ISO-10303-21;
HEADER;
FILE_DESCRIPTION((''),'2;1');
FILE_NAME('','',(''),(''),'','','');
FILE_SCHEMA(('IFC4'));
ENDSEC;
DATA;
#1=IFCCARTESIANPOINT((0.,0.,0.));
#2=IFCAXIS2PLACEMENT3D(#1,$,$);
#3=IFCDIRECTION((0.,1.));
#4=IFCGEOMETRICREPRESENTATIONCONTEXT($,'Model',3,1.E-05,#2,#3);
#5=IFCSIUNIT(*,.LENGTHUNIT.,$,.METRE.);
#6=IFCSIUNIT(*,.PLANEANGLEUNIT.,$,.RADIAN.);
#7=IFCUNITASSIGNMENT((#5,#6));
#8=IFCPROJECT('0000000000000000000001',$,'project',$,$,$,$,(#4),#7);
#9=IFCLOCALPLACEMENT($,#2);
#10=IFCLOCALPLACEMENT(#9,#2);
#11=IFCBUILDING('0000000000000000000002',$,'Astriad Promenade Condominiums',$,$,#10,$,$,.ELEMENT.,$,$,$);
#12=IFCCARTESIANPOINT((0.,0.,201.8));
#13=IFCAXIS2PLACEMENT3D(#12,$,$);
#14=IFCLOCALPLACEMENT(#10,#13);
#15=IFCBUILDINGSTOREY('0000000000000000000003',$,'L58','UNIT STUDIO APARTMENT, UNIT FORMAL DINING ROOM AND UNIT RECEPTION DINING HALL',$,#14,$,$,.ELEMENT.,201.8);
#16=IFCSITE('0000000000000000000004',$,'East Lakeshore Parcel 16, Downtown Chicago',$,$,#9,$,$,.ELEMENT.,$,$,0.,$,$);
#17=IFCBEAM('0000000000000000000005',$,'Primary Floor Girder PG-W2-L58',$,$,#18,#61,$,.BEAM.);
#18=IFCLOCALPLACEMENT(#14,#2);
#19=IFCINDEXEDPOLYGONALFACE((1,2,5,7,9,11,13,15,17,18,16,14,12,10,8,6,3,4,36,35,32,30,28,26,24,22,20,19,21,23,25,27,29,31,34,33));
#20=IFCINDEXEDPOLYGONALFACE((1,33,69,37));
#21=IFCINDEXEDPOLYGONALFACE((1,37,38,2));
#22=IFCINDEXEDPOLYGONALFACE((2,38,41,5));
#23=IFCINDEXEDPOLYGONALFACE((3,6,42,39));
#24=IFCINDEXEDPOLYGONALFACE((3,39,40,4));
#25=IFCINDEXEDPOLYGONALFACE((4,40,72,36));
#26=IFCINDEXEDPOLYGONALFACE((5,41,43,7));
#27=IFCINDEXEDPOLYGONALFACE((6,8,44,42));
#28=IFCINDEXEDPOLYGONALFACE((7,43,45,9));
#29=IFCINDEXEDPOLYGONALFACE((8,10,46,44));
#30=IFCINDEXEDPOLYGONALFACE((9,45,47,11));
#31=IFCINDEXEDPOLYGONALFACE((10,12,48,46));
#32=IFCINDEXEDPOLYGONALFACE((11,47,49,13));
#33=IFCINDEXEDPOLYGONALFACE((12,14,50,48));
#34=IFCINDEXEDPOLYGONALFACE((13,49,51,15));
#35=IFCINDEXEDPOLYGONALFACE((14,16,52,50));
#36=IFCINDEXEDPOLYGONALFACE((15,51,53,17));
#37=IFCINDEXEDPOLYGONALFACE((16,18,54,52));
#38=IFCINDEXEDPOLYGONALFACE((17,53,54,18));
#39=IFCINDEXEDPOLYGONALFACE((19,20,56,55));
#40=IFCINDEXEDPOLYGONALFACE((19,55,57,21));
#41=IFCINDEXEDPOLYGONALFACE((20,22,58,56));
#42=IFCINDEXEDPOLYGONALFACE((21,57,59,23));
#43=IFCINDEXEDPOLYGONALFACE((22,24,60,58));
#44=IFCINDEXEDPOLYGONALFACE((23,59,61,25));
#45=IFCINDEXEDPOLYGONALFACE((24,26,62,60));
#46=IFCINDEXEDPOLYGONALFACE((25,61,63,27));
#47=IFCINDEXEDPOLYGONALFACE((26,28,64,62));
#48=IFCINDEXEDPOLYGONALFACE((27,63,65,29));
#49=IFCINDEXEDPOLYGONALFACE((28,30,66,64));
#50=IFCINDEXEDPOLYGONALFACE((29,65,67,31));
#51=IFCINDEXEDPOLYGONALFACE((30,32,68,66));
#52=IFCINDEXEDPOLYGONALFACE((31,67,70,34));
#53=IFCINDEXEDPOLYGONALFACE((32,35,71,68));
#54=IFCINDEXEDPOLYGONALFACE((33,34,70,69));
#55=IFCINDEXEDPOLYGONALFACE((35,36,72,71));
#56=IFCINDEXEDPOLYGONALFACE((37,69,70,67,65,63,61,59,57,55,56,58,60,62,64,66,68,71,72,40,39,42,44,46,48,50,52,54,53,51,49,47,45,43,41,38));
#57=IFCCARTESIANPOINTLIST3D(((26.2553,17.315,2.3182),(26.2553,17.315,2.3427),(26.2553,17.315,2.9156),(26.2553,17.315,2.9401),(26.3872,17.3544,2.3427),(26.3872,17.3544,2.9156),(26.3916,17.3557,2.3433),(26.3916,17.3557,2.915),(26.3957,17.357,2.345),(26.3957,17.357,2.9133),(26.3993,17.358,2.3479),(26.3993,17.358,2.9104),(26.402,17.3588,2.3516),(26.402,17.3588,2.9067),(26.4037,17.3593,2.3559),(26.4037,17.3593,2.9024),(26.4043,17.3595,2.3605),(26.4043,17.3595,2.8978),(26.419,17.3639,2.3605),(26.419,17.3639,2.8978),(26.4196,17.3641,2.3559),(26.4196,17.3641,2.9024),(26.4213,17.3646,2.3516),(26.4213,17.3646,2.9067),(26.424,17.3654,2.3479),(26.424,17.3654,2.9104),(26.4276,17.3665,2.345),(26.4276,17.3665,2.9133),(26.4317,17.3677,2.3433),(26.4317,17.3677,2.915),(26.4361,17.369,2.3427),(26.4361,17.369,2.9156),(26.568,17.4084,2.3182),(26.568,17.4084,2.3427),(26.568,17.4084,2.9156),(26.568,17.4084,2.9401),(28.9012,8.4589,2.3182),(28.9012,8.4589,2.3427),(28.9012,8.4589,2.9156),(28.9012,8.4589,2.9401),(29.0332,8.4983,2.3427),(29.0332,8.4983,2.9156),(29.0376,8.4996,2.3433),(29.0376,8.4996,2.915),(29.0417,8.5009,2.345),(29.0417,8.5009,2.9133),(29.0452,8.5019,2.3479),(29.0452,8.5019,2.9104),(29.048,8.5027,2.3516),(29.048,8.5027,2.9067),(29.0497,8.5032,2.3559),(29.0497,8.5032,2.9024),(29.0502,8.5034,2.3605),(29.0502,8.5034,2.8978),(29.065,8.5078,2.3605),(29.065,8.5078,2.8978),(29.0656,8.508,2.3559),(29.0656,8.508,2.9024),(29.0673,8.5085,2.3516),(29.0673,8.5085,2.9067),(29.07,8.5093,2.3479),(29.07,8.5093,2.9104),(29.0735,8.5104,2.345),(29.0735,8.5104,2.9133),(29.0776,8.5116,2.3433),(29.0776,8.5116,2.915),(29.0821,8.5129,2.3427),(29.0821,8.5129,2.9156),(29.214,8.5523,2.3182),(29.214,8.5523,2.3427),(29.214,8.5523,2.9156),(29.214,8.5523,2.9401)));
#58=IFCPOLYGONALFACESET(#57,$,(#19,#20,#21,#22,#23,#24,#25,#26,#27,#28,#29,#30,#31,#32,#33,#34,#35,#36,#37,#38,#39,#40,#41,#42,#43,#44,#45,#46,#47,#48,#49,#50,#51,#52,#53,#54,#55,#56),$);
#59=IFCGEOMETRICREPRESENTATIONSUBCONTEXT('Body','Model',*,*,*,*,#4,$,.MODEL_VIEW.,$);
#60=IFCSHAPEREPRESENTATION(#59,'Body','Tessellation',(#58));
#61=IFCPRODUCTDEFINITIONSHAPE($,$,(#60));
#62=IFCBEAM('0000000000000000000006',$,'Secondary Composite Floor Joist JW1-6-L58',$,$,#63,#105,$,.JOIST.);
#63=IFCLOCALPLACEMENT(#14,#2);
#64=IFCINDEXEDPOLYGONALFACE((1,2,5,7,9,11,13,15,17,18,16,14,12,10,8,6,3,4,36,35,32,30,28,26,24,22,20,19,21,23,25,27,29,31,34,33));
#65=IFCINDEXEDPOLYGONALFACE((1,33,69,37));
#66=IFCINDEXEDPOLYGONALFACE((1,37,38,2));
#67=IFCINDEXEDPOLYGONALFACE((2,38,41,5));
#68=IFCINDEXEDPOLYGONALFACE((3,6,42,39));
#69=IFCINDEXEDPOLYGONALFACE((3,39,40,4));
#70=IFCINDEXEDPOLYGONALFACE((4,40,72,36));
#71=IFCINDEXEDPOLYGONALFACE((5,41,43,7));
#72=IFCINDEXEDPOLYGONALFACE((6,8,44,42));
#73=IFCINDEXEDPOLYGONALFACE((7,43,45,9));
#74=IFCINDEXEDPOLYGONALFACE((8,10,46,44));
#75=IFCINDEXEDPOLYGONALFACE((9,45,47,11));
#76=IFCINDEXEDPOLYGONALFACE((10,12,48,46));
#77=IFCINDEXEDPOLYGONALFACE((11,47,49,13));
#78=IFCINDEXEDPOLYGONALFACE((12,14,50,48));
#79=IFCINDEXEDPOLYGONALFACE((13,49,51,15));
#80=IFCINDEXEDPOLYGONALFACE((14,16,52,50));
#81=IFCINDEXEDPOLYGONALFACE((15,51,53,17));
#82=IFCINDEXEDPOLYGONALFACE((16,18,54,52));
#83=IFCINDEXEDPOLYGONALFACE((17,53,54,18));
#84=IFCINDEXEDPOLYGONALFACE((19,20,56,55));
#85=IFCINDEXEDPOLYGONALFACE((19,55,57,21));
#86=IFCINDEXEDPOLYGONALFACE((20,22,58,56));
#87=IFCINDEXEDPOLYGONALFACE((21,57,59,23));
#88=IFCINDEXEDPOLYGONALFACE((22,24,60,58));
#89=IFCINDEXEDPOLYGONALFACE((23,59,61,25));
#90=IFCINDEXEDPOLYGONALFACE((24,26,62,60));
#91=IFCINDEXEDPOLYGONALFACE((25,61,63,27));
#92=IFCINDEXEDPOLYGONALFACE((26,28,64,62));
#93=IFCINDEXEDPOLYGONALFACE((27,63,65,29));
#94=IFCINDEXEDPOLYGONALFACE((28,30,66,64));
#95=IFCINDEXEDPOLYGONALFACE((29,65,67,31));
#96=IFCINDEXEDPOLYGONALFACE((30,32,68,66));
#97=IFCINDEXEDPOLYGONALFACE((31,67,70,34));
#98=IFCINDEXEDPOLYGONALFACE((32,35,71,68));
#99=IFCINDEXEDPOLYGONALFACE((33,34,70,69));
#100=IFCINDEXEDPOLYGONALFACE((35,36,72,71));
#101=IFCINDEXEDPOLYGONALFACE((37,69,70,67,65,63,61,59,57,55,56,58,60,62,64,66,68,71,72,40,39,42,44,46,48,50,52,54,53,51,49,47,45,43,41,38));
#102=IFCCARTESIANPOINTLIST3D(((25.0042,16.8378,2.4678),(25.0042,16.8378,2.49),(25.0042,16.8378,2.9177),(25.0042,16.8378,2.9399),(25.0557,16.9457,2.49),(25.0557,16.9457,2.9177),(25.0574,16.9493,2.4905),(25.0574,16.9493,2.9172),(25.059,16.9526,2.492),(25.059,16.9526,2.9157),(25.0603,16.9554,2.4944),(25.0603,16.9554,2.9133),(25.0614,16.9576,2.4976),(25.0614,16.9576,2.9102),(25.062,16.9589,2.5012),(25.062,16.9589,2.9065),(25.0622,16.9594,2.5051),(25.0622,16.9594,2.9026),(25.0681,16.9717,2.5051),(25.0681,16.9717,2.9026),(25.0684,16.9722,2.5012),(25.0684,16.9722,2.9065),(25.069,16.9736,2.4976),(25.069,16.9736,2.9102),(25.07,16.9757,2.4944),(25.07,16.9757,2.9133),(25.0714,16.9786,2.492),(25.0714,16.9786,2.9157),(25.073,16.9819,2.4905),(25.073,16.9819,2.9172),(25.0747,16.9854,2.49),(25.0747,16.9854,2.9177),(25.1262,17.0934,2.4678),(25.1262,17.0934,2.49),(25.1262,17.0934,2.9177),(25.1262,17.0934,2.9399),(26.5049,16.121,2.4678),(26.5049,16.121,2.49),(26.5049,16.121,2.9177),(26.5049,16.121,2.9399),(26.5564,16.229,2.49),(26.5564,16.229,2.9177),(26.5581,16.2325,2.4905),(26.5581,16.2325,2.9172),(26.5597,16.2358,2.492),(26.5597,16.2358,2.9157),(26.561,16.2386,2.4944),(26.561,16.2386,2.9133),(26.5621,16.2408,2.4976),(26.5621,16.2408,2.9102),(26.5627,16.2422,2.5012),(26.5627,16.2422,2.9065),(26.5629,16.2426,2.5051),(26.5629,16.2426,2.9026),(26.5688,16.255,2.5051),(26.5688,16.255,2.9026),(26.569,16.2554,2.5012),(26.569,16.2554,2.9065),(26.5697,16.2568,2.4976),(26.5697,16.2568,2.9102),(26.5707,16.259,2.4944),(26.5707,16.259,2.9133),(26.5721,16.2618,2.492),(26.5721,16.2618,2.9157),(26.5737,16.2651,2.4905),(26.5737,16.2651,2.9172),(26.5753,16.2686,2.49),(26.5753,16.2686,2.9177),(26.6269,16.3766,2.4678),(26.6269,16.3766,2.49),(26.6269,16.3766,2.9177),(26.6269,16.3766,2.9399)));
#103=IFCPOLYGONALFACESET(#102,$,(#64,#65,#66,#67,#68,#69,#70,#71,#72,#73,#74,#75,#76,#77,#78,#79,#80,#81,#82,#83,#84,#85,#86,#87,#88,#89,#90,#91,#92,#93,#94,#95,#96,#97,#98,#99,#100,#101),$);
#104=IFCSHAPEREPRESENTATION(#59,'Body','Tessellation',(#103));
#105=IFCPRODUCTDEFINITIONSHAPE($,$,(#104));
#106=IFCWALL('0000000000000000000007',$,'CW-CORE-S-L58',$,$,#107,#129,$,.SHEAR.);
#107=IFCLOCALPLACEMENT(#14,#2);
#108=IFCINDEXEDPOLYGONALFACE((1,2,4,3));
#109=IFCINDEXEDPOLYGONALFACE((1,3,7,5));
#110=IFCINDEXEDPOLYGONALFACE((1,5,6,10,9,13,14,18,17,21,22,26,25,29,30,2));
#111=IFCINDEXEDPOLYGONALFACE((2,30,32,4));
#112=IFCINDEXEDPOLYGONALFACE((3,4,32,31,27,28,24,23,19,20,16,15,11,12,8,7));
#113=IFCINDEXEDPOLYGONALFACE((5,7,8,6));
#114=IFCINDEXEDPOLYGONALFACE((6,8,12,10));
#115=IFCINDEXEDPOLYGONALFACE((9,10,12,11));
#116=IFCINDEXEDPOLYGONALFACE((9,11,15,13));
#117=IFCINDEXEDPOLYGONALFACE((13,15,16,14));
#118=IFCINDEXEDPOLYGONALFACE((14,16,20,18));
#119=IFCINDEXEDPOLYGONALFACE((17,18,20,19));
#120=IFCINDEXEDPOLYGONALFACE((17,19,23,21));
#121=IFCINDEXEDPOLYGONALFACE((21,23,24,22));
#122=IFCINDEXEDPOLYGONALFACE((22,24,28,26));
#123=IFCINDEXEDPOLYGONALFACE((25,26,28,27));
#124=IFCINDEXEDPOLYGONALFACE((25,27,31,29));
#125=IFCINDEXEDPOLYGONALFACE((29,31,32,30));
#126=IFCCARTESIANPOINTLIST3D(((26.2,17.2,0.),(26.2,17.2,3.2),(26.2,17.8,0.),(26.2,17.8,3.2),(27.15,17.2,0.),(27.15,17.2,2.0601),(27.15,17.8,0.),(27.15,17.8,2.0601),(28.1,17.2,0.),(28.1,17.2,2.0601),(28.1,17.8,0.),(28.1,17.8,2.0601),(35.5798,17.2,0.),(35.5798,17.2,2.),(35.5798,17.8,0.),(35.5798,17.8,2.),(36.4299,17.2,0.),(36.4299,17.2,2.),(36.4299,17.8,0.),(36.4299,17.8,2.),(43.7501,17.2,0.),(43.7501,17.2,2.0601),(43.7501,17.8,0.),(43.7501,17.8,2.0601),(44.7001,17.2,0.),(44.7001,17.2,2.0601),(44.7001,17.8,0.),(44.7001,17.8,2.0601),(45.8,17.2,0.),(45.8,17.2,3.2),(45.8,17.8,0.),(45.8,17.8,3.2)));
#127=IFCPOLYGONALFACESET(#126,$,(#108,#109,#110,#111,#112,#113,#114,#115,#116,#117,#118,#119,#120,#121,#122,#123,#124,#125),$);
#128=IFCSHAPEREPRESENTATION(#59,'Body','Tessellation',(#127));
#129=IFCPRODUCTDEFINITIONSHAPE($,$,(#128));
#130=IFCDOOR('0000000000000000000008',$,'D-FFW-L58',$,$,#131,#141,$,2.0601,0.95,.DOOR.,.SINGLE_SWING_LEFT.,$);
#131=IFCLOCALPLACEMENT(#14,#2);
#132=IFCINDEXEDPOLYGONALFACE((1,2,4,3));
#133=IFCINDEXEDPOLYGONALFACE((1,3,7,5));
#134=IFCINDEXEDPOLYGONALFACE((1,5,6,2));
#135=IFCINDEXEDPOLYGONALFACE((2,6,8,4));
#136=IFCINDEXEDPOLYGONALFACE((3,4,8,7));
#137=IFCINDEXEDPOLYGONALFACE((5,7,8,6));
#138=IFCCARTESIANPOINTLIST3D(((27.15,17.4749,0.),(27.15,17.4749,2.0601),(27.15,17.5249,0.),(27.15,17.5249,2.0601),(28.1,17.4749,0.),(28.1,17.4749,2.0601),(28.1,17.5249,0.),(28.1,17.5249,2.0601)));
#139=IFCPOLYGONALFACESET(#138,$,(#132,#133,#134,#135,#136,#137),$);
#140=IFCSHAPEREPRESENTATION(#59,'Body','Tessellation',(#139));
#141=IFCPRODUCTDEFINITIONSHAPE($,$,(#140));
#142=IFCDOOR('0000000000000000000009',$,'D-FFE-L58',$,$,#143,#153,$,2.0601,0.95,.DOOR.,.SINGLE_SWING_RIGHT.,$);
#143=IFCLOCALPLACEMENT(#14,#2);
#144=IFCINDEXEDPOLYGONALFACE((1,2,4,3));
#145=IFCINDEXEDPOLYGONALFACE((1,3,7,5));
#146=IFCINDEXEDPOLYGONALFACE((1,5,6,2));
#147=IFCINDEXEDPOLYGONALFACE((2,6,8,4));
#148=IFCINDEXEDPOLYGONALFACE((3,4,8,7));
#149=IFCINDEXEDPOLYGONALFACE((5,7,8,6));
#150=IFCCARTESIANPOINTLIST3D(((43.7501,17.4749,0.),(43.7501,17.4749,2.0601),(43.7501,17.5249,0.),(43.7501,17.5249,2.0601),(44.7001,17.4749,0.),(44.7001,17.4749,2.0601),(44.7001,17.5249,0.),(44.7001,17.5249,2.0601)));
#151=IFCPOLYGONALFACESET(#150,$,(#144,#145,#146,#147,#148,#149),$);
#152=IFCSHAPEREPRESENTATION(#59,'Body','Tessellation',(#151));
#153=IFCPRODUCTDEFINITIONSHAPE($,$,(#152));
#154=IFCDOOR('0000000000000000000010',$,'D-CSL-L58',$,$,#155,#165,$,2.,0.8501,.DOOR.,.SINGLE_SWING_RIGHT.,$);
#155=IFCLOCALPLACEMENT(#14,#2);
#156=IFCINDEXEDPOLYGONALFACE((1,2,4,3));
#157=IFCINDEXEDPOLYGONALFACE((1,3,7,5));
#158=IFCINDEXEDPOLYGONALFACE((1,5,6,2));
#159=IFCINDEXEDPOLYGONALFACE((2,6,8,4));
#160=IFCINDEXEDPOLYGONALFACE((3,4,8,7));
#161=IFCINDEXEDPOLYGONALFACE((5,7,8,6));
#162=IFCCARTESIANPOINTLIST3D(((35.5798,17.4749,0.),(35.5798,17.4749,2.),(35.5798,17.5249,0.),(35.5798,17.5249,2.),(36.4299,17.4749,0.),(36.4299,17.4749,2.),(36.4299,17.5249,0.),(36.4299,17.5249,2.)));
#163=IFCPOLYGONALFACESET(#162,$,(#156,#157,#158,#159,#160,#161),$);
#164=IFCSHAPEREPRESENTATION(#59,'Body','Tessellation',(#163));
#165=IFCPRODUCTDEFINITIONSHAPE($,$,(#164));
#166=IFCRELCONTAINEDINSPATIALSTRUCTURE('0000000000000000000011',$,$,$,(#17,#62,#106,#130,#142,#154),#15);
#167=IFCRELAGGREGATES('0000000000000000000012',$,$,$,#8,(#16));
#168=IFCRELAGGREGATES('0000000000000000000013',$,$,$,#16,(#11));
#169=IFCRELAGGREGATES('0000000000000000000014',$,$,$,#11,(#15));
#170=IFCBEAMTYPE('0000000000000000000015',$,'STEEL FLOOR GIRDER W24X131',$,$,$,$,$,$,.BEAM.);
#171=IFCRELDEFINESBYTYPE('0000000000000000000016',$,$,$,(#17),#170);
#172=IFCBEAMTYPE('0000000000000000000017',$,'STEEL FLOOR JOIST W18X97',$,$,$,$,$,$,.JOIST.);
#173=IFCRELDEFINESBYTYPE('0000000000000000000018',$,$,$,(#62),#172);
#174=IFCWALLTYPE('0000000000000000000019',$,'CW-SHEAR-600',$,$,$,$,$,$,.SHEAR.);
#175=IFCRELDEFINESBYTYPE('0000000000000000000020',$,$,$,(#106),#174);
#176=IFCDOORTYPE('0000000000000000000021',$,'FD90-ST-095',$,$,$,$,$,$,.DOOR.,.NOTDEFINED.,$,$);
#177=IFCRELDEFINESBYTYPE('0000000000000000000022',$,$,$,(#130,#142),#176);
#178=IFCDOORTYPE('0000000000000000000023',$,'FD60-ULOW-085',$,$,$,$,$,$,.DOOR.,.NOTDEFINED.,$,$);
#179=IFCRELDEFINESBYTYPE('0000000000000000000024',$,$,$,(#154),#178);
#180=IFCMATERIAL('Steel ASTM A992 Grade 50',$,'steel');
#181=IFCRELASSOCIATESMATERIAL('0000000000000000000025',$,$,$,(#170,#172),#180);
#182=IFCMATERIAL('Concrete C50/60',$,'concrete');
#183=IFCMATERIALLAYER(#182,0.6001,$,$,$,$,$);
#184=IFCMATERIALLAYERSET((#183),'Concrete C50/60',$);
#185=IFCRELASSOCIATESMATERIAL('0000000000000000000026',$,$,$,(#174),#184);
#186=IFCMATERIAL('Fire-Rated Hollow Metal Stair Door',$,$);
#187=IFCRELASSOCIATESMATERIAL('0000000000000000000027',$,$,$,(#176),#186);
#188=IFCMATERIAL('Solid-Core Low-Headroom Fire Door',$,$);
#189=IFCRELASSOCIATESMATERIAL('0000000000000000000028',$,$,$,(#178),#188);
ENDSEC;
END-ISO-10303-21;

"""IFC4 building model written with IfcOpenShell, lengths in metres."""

from ifc_helpers import new_model, si_unit, direction, frame, frame_2d, origin, origin_2d, place, context, subcontext, project, spatial, rectangle, i_section, extrude, source, transform, mapped, material, layer, layer_set, material_profile, profile_set, type_object, type_shapes, element, fill, save


model = new_model("IFC4")

# Units and contexts
model_context = context("Model", 3, precision=1e-05, world=origin(), true_north=direction((0.0, 1.0)))
body_context = subcontext(model_context, "Body", "Model", "MODEL_VIEW")
ifc_project = project(units=[si_unit("LENGTHUNIT", "METRE"), si_unit("PLANEANGLEUNIT", "RADIAN")], contexts=[model_context])

# Site, building, storey
site_placement = place(None, origin())
site = spatial("IfcSite", under=ifc_project, at=site_placement, Name="East Lakeshore Parcel 16, Downtown Chicago", CompositionType="ELEMENT", RefElevation=0.0)
building_placement = place(site_placement, origin())
building = spatial("IfcBuilding", under=site, at=building_placement, Name="Astriad Promenade Condominiums", CompositionType="ELEMENT")
storey_placement = place(building_placement, frame((0.0, 0.0, 201.8)))
storey = spatial("IfcBuildingStorey", under=building, at=storey_placement, Name="L58", Description="UNIT STUDIO APARTMENT, UNIT FORMAL DINING ROOM AND UNIT RECEPTION DINING HALL", CompositionType="ELEMENT", Elevation=201.8)

# Shared definitions
ifc_material_1 = material(Name="Steel ASTM A992 Grade 50", Category="steel")
ifc_material_2 = material(Name="Concrete C50/60", Category="concrete")

# Beams
ifc_material_profile_1 = material_profile(ifc_material_1, i_section(OverallWidth=0.3264, OverallDepth=0.6218, WebThickness=0.0154, FlangeThickness=0.0244, FilletRadius=0.0178, at=origin_2d()), Name="W24X131")
ifc_profile_set_1 = profile_set([ifc_material_profile_1], Name="Steel ASTM A992 Grade 50")
beam_type_1 = type_object("IfcBeamType", Name="STEEL FLOOR GIRDER W24X131", PredefinedType="BEAM", material=ifc_profile_set_1)
shared_shape_1 = source(origin(), body_context, "Body", "SweptSolid", [
    extrude(i_section(OverallWidth=0.3264, OverallDepth=0.6218, WebThickness=0.0154, FlangeThickness=0.0244, FilletRadius=0.0178, at=origin_2d()), origin(), (0.0, 0.0, 1.0), 9.2429),
])
type_shapes(beam_type_1, [shared_shape_1])
beam_1_placement = place(storey_placement, frame((29.0576, 8.5056, 2.6292), z_axis=(-0.286269, 0.958149, 0.0), x_axis=(-0.958149, -0.286269, 0.0)))
element("IfcBeam", 1, at=beam_1_placement, inside=storey, type_object=beam_type_1, Name="Primary Floor Girder PG-W2-L58", PredefinedType="BEAM", context=body_context, shape_type="MappedRepresentation", body=[
    mapped(shared_shape_1, transform((0.0, 0.0, 0.0), scale=1.0)),
])
ifc_material_profile_2 = material_profile(ifc_material_1, i_section(OverallWidth=0.2832, OverallDepth=0.4722, WebThickness=0.0137, FlangeThickness=0.0222, FilletRadius=0.0151, at=origin_2d()), Name="W18X97")
ifc_profile_set_2 = profile_set([ifc_material_profile_2], Name="Steel ASTM A992 Grade 50")
beam_type_2 = type_object("IfcBeamType", Name="STEEL FLOOR JOIST W18X97", PredefinedType="JOIST", material=ifc_profile_set_2)
shared_shape_2 = source(origin(), body_context, "Body", "SweptSolid", [
    extrude(i_section(OverallWidth=0.2832, OverallDepth=0.4722, WebThickness=0.0137, FlangeThickness=0.0222, FilletRadius=0.0151, at=origin_2d()), origin(), (0.0, 0.0, 1.0), 1.6631),
])
type_shapes(beam_type_2, [shared_shape_2])
beam_2_placement = place(storey_placement, frame((25.0652, 16.9656, 2.7039), z_axis=(0.902355, -0.430993, 0.0), x_axis=(0.430993, 0.902355, 0.0)))
element("IfcBeam", 2, at=beam_2_placement, inside=storey, type_object=beam_type_2, Name="Secondary Composite Floor Joist JW1-6-L58", PredefinedType="JOIST", context=body_context, shape_type="MappedRepresentation", body=[
    mapped(shared_shape_2, transform((0.0, 0.0, 0.0), scale=1.0)),
])

# Wall, openings, doors
ifc_layer_1 = layer(ifc_material_2, 0.6001)
ifc_layer_set_1 = layer_set([ifc_layer_1], Name="Concrete C50/60")
wall_type_1 = type_object("IfcWallType", Name="CW-SHEAR-600", PredefinedType="SHEAR", material=ifc_layer_set_1)
wall_1_placement = place(storey_placement, frame((26.2, 17.5, 0.0), z_axis=(0.0, 0.0, 1.0), x_axis=(1.0, 0.0, 0.0)))
wall_1 = element("IfcWall", 3, at=wall_1_placement, inside=storey, type_object=wall_type_1, Name="CW-CORE-S-L58", PredefinedType="SHEAR", context=body_context, shape_type="SweptSolid", body=[
    extrude(rectangle(XDim=19.6001, YDim=0.6001, at=frame_2d((9.8, 0.0))), origin(), (0.0, 0.0, 1.0), 3.2),
])
opening_1_placement = place(wall_1_placement, frame((0.95, 0.0, 0.0)))
opening_1 = element("IfcOpeningElement", 4, at=opening_1_placement, cuts=wall_1, PredefinedType="OPENING", context=body_context, shape_type="SweptSolid", body=[
    extrude(rectangle(XDim=0.95, YDim=2.0601, at=frame_2d((0.4751, 1.03))), frame((0.0, 0.3101, 0.0), z_axis=(0.0, -1.0, 0.0), x_axis=(1.0, 0.0, 0.0)), (0.0, 0.0, 1.0), 0.6201),
])
opening_2_placement = place(wall_1_placement, frame((9.3799, 0.0, 0.0)))
opening_2 = element("IfcOpeningElement", 5, at=opening_2_placement, cuts=wall_1, PredefinedType="OPENING", context=body_context, shape_type="SweptSolid", body=[
    extrude(rectangle(XDim=0.8501, YDim=2.0, at=frame_2d((0.425, 1.0))), frame((0.0, 0.3101, 0.0), z_axis=(0.0, -1.0, 0.0), x_axis=(1.0, 0.0, 0.0)), (0.0, 0.0, 1.0), 0.6201),
])
opening_3_placement = place(wall_1_placement, frame((17.55, 0.0, 0.0)))
opening_3 = element("IfcOpeningElement", 6, at=opening_3_placement, cuts=wall_1, PredefinedType="OPENING", context=body_context, shape_type="SweptSolid", body=[
    extrude(rectangle(XDim=0.95, YDim=2.0601, at=frame_2d((0.4751, 1.03))), frame((0.0, 0.3101, 0.0), z_axis=(0.0, -1.0, 0.0), x_axis=(1.0, 0.0, 0.0)), (0.0, 0.0, 1.0), 0.6201),
])
ifc_material_3 = material(Name="Fire-Rated Hollow Metal Stair Door")
door_type_1 = type_object("IfcDoorType", Name="FD90-ST-095", OperationType="NOTDEFINED", PredefinedType="DOOR", material=ifc_material_3)
shared_shape_3 = source(origin(), body_context, "Body", "SweptSolid", [
    extrude(rectangle(XDim=0.95, YDim=2.0601, at=frame_2d((0.4751, 1.03))), frame((0.0, 0.0249, 0.0), z_axis=(0.0, -1.0, 0.0), x_axis=(1.0, 0.0, 0.0)), (0.0, 0.0, 1.0), 0.05),
])
type_shapes(door_type_1, [shared_shape_3])
door_1_placement = place(opening_1_placement, origin())
door_1 = element("IfcDoor", 7, at=door_1_placement, inside=storey, type_object=door_type_1, Name="D-FFW-L58", OperationType="SINGLE_SWING_LEFT", OverallHeight=2.0601, OverallWidth=0.95, PredefinedType="DOOR", context=body_context, shape_type="MappedRepresentation", body=[
    mapped(shared_shape_3, transform((0.0, 0.0, 0.0), scale=1.0)),
])
fill(opening_1, door_1)
door_2_placement = place(opening_3_placement, origin())
door_2 = element("IfcDoor", 8, at=door_2_placement, inside=storey, type_object=door_type_1, Name="D-FFE-L58", OperationType="SINGLE_SWING_RIGHT", OverallHeight=2.0601, OverallWidth=0.95, PredefinedType="DOOR", context=body_context, shape_type="MappedRepresentation", body=[
    mapped(shared_shape_3, transform((0.0, 0.0, 0.0), scale=1.0)),
])
fill(opening_3, door_2)
ifc_material_4 = material(Name="Solid-Core Low-Headroom Fire Door")
door_type_2 = type_object("IfcDoorType", Name="FD60-ULOW-085", OperationType="NOTDEFINED", PredefinedType="DOOR", material=ifc_material_4)
shared_shape_4 = source(origin(), body_context, "Body", "SweptSolid", [
    extrude(rectangle(XDim=0.8501, YDim=2.0, at=frame_2d((0.425, 1.0))), frame((0.0, 0.0249, 0.0), z_axis=(0.0, -1.0, 0.0), x_axis=(1.0, 0.0, 0.0)), (0.0, 0.0, 1.0), 0.05),
])
type_shapes(door_type_2, [shared_shape_4])
door_3_placement = place(opening_2_placement, origin())
door_3 = element("IfcDoor", 9, at=door_3_placement, inside=storey, type_object=door_type_2, Name="D-CSL-L58", OperationType="SINGLE_SWING_RIGHT", OverallHeight=2.0, OverallWidth=0.8501, PredefinedType="DOOR", context=body_context, shape_type="MappedRepresentation", body=[
    mapped(shared_shape_4, transform((0.0, 0.0, 0.0), scale=1.0)),
])
fill(opening_2, door_3)

save(model, "model.ifc")
